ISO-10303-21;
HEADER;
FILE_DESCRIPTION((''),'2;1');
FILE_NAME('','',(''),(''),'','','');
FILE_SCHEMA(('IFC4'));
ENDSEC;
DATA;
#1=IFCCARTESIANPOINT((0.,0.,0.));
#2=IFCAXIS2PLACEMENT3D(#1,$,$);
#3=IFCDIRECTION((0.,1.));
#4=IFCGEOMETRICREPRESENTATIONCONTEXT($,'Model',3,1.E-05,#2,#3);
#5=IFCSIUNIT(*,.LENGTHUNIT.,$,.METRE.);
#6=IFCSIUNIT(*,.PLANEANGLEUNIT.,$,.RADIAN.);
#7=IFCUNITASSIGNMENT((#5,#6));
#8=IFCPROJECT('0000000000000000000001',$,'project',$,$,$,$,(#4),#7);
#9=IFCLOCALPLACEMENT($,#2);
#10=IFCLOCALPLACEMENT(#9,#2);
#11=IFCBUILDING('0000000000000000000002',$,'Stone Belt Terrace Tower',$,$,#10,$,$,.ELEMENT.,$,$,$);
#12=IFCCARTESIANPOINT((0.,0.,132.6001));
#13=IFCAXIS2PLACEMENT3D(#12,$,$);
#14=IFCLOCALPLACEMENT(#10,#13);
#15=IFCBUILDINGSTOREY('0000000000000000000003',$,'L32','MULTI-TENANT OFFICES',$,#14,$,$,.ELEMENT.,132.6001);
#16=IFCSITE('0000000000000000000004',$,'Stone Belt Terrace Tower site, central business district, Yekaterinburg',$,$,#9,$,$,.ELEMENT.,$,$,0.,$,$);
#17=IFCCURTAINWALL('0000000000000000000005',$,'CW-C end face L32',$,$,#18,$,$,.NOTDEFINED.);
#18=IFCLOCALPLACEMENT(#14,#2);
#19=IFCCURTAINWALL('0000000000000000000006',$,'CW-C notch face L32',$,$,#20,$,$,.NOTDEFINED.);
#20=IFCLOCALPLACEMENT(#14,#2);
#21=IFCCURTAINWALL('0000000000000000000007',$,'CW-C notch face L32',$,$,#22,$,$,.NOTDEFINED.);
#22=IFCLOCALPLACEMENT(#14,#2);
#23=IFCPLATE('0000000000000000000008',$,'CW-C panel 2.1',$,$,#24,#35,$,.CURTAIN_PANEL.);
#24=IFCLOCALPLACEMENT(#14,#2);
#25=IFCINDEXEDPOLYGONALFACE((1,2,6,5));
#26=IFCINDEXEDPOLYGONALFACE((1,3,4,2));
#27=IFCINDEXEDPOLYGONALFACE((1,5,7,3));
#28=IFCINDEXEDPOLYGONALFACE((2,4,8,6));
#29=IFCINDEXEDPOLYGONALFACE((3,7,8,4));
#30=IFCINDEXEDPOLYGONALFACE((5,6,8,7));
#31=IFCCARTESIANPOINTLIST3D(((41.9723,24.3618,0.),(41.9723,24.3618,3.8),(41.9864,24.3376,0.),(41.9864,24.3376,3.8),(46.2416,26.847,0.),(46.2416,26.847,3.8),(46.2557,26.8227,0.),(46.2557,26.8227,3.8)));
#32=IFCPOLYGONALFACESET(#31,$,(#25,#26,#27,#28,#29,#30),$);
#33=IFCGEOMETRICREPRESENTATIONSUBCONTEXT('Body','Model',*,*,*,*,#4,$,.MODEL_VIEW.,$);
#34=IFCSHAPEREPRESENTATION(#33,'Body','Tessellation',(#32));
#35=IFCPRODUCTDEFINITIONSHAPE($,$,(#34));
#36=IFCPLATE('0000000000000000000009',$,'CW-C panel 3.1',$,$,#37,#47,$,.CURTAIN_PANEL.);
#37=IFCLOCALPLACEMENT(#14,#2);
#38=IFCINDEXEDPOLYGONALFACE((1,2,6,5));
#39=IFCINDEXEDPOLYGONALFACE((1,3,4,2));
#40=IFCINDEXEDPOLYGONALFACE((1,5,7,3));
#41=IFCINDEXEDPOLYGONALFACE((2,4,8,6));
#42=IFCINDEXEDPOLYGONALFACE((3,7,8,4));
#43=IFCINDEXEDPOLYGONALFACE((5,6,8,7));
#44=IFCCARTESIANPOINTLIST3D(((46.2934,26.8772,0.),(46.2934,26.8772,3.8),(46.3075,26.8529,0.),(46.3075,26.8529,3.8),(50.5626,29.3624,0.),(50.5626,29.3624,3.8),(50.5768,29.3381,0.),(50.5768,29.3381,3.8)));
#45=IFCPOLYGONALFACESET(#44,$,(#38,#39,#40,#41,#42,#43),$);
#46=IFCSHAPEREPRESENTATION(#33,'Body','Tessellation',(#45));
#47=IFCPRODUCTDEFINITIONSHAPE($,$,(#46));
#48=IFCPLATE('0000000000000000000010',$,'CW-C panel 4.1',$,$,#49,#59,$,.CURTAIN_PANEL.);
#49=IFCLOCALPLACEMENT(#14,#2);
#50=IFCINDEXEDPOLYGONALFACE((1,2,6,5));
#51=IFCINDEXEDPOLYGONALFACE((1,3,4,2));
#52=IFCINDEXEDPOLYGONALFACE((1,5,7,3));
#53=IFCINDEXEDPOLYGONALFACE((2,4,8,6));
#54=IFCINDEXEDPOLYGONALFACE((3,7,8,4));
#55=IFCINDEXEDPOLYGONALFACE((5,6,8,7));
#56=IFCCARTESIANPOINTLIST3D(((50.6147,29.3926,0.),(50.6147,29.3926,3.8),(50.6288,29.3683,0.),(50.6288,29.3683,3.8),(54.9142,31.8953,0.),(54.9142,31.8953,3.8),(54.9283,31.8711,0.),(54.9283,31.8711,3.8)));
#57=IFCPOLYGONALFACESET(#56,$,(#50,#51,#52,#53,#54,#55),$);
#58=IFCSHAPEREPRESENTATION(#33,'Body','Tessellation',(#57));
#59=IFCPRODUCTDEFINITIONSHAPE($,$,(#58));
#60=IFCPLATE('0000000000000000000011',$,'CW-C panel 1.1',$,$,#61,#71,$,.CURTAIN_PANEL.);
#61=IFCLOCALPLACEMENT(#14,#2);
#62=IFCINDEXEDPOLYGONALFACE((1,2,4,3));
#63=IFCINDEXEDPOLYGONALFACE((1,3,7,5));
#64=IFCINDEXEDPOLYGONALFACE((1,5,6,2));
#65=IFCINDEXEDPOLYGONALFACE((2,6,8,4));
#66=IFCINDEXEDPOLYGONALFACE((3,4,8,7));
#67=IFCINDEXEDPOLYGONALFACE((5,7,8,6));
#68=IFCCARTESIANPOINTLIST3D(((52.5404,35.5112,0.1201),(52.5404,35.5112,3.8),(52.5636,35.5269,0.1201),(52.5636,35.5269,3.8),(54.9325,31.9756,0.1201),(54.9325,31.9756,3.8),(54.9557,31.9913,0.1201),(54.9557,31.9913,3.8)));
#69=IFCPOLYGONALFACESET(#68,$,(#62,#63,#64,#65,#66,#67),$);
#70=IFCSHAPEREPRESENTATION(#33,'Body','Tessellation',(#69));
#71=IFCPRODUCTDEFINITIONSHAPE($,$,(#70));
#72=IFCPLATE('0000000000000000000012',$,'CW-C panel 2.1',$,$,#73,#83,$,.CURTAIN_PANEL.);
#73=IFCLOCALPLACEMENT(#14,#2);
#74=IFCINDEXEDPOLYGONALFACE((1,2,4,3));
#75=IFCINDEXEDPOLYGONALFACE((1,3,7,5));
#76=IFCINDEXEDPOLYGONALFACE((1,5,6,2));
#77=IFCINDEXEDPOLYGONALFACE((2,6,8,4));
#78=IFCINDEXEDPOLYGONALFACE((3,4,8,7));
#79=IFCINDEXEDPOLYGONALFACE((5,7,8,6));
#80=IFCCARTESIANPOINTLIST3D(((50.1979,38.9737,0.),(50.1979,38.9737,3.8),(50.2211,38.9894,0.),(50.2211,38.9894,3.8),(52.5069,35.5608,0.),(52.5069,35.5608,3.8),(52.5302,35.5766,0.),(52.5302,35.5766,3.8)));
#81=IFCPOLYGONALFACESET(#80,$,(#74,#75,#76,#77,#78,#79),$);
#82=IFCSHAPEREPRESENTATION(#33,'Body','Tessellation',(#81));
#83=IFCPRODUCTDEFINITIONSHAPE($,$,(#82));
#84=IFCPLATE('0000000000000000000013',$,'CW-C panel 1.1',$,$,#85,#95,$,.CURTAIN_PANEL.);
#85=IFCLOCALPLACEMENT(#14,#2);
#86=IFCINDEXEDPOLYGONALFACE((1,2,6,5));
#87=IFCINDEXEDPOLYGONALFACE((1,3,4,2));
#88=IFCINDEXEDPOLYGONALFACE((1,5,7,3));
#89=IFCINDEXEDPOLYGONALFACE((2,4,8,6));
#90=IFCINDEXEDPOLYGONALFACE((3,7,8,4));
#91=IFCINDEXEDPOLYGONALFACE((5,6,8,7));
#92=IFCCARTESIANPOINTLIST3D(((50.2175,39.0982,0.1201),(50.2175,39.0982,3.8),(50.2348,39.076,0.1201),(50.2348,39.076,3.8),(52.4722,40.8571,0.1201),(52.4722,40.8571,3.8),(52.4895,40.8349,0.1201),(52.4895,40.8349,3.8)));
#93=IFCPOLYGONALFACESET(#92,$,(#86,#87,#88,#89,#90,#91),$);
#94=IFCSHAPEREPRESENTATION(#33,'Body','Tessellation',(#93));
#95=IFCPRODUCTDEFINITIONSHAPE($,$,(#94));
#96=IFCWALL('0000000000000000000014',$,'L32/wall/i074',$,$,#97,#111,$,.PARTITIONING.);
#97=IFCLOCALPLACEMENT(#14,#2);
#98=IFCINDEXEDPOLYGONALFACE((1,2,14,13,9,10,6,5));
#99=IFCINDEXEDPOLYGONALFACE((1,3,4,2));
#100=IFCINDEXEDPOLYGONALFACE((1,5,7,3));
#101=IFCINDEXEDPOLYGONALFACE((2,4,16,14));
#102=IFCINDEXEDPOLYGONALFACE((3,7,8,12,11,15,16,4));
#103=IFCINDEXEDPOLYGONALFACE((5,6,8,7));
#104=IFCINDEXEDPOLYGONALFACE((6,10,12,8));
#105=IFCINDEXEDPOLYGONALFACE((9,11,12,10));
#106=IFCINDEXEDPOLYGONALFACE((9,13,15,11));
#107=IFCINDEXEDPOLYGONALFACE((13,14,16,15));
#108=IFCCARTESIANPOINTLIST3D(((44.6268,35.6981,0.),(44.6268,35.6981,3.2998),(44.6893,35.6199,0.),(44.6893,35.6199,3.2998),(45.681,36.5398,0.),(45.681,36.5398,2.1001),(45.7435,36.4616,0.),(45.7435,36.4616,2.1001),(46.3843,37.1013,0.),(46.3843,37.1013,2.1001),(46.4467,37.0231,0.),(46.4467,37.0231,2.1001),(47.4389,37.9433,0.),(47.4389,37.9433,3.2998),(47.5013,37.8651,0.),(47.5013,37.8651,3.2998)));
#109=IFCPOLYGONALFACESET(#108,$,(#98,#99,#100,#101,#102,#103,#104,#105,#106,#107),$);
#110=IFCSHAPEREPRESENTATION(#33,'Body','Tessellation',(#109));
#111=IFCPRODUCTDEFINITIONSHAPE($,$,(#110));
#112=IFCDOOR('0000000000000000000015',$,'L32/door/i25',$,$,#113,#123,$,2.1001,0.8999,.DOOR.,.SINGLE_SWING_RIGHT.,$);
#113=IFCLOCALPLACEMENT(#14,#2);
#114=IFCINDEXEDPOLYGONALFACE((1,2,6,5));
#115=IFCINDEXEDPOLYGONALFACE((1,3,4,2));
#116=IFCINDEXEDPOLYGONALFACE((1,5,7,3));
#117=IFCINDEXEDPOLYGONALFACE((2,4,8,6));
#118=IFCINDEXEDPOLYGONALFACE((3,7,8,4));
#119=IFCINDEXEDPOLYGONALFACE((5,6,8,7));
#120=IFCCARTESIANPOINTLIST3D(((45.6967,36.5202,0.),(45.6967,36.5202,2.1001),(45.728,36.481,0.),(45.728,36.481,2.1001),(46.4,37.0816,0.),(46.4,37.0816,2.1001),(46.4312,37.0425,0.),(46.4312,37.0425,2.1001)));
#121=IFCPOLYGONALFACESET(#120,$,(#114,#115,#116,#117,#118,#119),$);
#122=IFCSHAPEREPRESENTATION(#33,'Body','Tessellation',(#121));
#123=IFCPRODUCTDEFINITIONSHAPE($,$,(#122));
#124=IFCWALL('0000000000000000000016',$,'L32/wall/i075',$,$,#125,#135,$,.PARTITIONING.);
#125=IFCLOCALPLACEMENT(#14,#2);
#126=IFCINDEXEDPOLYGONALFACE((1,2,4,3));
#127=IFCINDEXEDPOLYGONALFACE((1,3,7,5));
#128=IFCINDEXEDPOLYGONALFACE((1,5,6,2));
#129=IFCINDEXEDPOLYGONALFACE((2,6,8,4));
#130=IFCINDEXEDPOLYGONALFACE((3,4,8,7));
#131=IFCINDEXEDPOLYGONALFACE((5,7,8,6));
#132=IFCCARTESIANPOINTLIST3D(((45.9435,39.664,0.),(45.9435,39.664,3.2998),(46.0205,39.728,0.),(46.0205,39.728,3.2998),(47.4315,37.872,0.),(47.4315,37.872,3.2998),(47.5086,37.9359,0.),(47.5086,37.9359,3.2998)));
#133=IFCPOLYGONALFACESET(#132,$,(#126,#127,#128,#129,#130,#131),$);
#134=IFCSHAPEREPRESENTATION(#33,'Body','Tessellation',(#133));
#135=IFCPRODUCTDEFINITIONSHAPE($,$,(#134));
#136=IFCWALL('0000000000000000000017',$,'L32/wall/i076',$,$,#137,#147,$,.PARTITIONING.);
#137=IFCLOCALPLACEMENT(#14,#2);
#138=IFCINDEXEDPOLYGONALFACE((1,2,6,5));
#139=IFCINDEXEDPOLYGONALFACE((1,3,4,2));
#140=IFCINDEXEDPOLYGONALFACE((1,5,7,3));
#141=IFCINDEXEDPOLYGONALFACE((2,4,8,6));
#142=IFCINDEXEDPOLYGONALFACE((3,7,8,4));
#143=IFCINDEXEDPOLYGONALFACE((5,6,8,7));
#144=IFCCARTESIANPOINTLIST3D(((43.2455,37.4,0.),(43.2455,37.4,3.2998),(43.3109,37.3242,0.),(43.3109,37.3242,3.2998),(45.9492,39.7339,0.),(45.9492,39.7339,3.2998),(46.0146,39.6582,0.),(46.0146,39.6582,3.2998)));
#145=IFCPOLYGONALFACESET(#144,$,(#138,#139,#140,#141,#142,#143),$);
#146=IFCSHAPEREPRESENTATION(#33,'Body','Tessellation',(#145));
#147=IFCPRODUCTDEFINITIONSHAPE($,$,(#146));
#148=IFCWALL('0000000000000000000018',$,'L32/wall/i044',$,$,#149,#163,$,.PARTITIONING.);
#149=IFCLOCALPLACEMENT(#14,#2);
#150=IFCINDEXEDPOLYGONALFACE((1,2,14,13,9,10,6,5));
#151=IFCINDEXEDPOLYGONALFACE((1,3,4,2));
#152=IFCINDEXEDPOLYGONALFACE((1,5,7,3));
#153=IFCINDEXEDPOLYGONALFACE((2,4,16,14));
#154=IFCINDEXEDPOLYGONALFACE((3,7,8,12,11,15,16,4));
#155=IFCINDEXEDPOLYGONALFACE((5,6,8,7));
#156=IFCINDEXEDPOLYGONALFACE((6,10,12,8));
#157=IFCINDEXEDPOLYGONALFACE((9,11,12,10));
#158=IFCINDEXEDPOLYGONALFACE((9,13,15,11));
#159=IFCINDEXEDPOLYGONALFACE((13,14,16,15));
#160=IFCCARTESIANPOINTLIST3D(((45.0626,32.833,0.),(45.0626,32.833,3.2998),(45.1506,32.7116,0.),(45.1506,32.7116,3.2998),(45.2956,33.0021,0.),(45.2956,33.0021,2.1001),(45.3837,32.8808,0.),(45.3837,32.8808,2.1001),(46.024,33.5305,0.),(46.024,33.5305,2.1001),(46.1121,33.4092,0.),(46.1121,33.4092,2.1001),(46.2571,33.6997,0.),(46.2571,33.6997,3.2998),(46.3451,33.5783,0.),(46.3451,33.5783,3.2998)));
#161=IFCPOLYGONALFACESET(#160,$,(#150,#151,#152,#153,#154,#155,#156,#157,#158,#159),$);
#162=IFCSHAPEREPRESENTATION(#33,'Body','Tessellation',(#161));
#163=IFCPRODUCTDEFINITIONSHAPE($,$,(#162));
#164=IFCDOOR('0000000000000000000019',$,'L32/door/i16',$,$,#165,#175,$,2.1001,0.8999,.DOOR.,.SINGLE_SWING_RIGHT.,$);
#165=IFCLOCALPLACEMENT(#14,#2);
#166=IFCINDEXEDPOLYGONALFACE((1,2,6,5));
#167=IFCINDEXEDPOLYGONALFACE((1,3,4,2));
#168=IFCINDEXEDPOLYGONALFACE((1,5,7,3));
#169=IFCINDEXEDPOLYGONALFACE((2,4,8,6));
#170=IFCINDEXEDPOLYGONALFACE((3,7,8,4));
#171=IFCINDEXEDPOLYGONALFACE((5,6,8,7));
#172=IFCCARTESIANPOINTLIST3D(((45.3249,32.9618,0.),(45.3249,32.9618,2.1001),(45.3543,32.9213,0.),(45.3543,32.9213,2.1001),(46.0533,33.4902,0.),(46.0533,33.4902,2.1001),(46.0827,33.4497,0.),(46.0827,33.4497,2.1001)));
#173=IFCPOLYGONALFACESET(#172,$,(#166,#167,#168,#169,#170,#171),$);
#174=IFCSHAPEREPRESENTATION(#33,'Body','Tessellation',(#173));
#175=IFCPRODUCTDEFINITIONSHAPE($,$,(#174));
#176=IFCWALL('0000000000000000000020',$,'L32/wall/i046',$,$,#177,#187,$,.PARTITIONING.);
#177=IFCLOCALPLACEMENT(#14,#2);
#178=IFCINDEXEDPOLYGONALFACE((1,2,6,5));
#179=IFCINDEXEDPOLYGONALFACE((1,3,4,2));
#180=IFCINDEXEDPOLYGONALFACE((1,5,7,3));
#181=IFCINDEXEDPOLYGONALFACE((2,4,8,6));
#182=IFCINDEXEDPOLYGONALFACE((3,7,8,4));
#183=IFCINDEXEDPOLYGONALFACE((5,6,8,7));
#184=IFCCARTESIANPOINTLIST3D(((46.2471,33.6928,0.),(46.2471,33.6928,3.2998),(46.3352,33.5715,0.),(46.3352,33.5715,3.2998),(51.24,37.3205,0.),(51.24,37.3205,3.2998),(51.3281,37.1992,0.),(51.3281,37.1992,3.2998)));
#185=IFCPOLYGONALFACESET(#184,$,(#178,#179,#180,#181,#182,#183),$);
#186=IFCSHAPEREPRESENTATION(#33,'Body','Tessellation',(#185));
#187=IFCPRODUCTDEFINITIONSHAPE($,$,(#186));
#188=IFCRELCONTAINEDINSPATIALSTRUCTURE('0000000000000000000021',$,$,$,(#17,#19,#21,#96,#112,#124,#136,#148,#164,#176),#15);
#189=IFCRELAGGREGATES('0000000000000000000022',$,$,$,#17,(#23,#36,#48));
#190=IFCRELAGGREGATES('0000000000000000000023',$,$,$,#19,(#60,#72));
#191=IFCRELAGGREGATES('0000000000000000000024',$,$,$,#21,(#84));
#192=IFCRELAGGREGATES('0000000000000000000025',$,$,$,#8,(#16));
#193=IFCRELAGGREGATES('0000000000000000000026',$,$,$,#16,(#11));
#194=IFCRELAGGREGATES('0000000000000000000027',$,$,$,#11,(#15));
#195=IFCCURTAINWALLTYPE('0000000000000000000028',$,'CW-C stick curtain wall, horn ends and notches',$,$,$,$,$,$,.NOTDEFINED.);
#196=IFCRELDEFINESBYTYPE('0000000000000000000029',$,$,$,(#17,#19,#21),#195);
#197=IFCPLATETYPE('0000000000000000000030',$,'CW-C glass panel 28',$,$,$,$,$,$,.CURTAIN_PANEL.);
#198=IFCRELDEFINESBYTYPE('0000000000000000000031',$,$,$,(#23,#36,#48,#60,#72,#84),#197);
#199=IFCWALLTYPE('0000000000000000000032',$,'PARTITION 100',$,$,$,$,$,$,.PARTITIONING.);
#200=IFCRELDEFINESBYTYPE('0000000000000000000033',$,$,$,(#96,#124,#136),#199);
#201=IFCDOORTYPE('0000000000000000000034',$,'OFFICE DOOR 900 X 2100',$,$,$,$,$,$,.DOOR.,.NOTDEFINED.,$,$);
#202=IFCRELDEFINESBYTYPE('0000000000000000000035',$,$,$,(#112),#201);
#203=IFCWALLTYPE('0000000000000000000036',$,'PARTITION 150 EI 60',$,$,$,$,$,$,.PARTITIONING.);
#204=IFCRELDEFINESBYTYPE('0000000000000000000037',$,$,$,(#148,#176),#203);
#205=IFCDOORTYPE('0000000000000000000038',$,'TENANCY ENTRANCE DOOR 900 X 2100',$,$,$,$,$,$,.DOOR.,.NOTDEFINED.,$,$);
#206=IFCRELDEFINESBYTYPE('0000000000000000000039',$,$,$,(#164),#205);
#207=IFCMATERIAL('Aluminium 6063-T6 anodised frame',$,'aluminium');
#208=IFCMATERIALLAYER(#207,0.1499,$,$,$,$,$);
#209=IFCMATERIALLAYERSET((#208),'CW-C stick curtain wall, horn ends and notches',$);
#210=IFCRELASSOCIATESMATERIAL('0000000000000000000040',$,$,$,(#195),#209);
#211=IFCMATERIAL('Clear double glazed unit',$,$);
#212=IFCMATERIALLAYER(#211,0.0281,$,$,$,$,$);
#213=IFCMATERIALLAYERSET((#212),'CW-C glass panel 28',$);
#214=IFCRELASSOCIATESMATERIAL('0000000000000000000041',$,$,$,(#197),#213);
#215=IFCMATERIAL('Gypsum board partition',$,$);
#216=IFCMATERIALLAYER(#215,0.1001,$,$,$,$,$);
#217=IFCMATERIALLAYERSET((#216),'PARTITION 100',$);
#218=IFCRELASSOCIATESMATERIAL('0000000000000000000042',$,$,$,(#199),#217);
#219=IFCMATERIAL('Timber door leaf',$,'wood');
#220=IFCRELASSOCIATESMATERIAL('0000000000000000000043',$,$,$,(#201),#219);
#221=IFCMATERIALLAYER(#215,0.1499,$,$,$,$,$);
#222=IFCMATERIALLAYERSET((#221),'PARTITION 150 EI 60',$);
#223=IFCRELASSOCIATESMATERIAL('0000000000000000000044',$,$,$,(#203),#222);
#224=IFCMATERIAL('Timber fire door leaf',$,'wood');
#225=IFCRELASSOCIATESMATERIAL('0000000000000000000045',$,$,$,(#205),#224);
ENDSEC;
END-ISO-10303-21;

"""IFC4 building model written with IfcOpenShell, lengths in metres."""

from ifc_helpers import new_model, si_unit, direction, frame, frame_2d, origin, origin_2d, place, context, subcontext, project, spatial, rectangle, extrude, material, layer, layer_set, type_object, element, fill, aggregate, save


model = new_model("IFC4")

# Units and contexts
model_context = context("Model", 3, precision=1e-05, world=origin(), true_north=direction((0.0, 1.0)))
body_context = subcontext(model_context, "Body", "Model", "MODEL_VIEW")
ifc_project = project(units=[si_unit("LENGTHUNIT", "METRE"), si_unit("PLANEANGLEUNIT", "RADIAN")], contexts=[model_context])

# Site, building, storey
site_placement = place(None, origin())
site = spatial("IfcSite", under=ifc_project, at=site_placement, Name="Stone Belt Terrace Tower site, central business district, Yekaterinburg", CompositionType="ELEMENT", RefElevation=0.0)
building_placement = place(site_placement, origin())
building = spatial("IfcBuilding", under=site, at=building_placement, Name="Stone Belt Terrace Tower", CompositionType="ELEMENT")
storey_placement = place(building_placement, frame((0.0, 0.0, 132.6001)))
storey = spatial("IfcBuildingStorey", under=building, at=storey_placement, Name="L32", Description="MULTI-TENANT OFFICES", CompositionType="ELEMENT", Elevation=132.6001)

# Curtain walls
ifc_material_1 = material(Name="Aluminium 6063-T6 anodised frame", Category="aluminium")
ifc_layer_1 = layer(ifc_material_1, 0.1499)
ifc_layer_set_1 = layer_set([ifc_layer_1], Name="CW-C stick curtain wall, horn ends and notches")
curtain_wall_type_1 = type_object("IfcCurtainWallType", Name="CW-C stick curtain wall, horn ends and notches", PredefinedType="NOTDEFINED", material=ifc_layer_set_1)
curtain_wall_1_placement = place(storey_placement, origin())
curtain_wall_1 = element("IfcCurtainWall", 1, at=curtain_wall_1_placement, inside=storey, type_object=curtain_wall_type_1, Name="CW-C end face L32", PredefinedType="NOTDEFINED")
curtain_wall_2_placement = place(storey_placement, origin())
curtain_wall_2 = element("IfcCurtainWall", 2, at=curtain_wall_2_placement, inside=storey, type_object=curtain_wall_type_1, Name="CW-C notch face L32", PredefinedType="NOTDEFINED")

# Curtain wall
curtain_wall_3_placement = place(storey_placement, origin())
curtain_wall_3 = element("IfcCurtainWall", 3, at=curtain_wall_3_placement, inside=storey, type_object=curtain_wall_type_1, Name="CW-C notch face L32", PredefinedType="NOTDEFINED")

# Plates
ifc_material_2 = material(Name="Clear double glazed unit")
ifc_layer_2 = layer(ifc_material_2, 0.0281)
ifc_layer_set_2 = layer_set([ifc_layer_2], Name="CW-C glass panel 28")
plate_type = type_object("IfcPlateType", Name="CW-C glass panel 28", PredefinedType="CURTAIN_PANEL", material=ifc_layer_set_2)
plate_1_placement = place(storey_placement, frame((44.114, 25.5923, 0.0), z_axis=(0.0, 0.0, 1.0), x_axis=(0.864239, 0.503081, 0.0)))
plate_1 = element("IfcPlate", 4, at=plate_1_placement, type_object=plate_type, Name="CW-C panel 2.1", PredefinedType="CURTAIN_PANEL", context=body_context, shape_type="SweptSolid", body=[
    extrude(rectangle(XDim=4.9399, YDim=0.0281, at=origin_2d()), origin(), (0.0, 0.0, 1.0), 3.8),
])
plate_2_placement = place(storey_placement, frame((48.4351, 28.1077, 0.0), z_axis=(0.0, 0.0, 1.0), x_axis=(0.864239, 0.503081, 0.0)))
plate_2 = element("IfcPlate", 5, at=plate_2_placement, type_object=plate_type, Name="CW-C panel 3.1", PredefinedType="CURTAIN_PANEL", context=body_context, shape_type="SweptSolid", body=[
    extrude(rectangle(XDim=4.9399, YDim=0.0281, at=origin_2d()), origin(), (0.0, 0.0, 1.0), 3.8),
])
plate_3_placement = place(storey_placement, frame((52.7715, 30.6318, 0.0), z_axis=(0.0, 0.0, 1.0), x_axis=(0.864239, 0.503081, 0.0)))
plate_3 = element("IfcPlate", 6, at=plate_3_placement, type_object=plate_type, Name="CW-C panel 4.1", PredefinedType="CURTAIN_PANEL", context=body_context, shape_type="SweptSolid", body=[
    extrude(rectangle(XDim=4.9749, YDim=0.0281, at=origin_2d()), origin(), (0.0, 0.0, 1.0), 3.8),
])
aggregate(curtain_wall_1, [plate_1, plate_2, plate_3])
plate_4_placement = place(storey_placement, frame((53.748, 33.7512, 0.1201), z_axis=(0.0, 0.0, 1.0), x_axis=(-0.560367, 0.828244, 0.0)))
plate_4 = element("IfcPlate", 7, at=plate_4_placement, type_object=plate_type, Name="CW-C panel 1.1", PredefinedType="CURTAIN_PANEL", context=body_context, shape_type="SweptSolid", body=[
    extrude(rectangle(XDim=4.2688, YDim=0.0281, at=origin_2d()), origin(), (0.0, 0.0, 1.0), 3.6799),
])
plate_5_placement = place(storey_placement, frame((51.364, 37.2751, 0.0), z_axis=(0.0, 0.0, 1.0), x_axis=(-0.560367, 0.828244, 0.0)))
plate_5 = element("IfcPlate", 8, at=plate_5_placement, type_object=plate_type, Name="CW-C panel 2.1", PredefinedType="CURTAIN_PANEL", context=body_context, shape_type="SweptSolid", body=[
    extrude(rectangle(XDim=4.1206, YDim=0.0281, at=origin_2d()), origin(), (0.0, 0.0, 1.0), 3.8),
])
aggregate(curtain_wall_2, [plate_4, plate_5])
plate_6_placement = place(storey_placement, frame((51.3535, 39.9666, 0.1201), z_axis=(0.0, 0.0, 1.0), x_axis=(0.788458, 0.615089, 0.0)))
plate_6 = element("IfcPlate", 9, at=plate_6_placement, type_object=plate_type, Name="CW-C panel 1.1", PredefinedType="CURTAIN_PANEL", context=body_context, shape_type="SweptSolid", body=[
    extrude(rectangle(XDim=2.8596, YDim=0.0281, at=origin_2d()), origin(), (0.0, 0.0, 1.0), 3.6799),
])
aggregate(curtain_wall_3, [plate_6])

# Wall, opening, door
ifc_material_3 = material(Name="Gypsum board partition")
ifc_layer_3 = layer(ifc_material_3, 0.1001)
ifc_layer_set_3 = layer_set([ifc_layer_3], Name="PARTITION 100")
wall_type_1 = type_object("IfcWallType", Name="PARTITION 100", PredefinedType="PARTITIONING", material=ifc_layer_set_3)
wall_1_placement = place(storey_placement, frame((44.658, 35.6589, 0.0), z_axis=(0.0, 0.0, 1.0), x_axis=(0.781477, 0.623934, 0.0)))
wall_1 = element("IfcWall", 10, at=wall_1_placement, inside=storey, type_object=wall_type_1, Name="L32/wall/i074", PredefinedType="PARTITIONING", context=body_context, shape_type="SweptSolid", body=[
    extrude(rectangle(XDim=3.5984, YDim=0.1001, at=frame_2d((1.7993, 0.0))), origin(), (0.0, 0.0, 1.0), 3.2998),
])
opening_1_placement = place(wall_1_placement, frame((1.3491, 0.0, 0.0)))
opening_1 = element("IfcOpeningElement", 11, at=opening_1_placement, cuts=wall_1, PredefinedType="OPENING", context=body_context, shape_type="SweptSolid", body=[
    extrude(rectangle(XDim=0.8999, YDim=2.1001, at=frame_2d((0.45, 1.05))), frame((0.0, 0.0601, 0.0), z_axis=(0.0, -1.0, 0.0), x_axis=(1.0, 0.0, 0.0)), (0.0, 0.0, 1.0), 0.1201),
])
ifc_material_4 = material(Name="Timber door leaf", Category="wood")
door_type_1 = type_object("IfcDoorType", Name="OFFICE DOOR 900 X 2100", OperationType="NOTDEFINED", PredefinedType="DOOR", material=ifc_material_4)
door_1_placement = place(opening_1_placement, origin())
door_1 = element("IfcDoor", 12, at=door_1_placement, inside=storey, type_object=door_type_1, Name="L32/door/i25", OperationType="SINGLE_SWING_RIGHT", OverallHeight=2.1001, OverallWidth=0.8999, PredefinedType="DOOR", context=body_context, shape_type="SweptSolid", body=[
    extrude(rectangle(XDim=0.8999, YDim=2.1001, at=frame_2d((0.45, 1.05))), frame((0.0, 0.0249, 0.0), z_axis=(0.0, -1.0, 0.0), x_axis=(1.0, 0.0, 0.0)), (0.0, 0.0, 1.0), 0.05),
])
fill(opening_1, door_1)

# Walls
wall_2_placement = place(storey_placement, frame((47.47, 37.9041, 0.0), z_axis=(0.0, 0.0, 1.0), x_axis=(-0.638843, 0.769337, 0.0)))
element("IfcWall", 13, at=wall_2_placement, inside=storey, type_object=wall_type_1, Name="L32/wall/i075", PredefinedType="PARTITIONING", context=body_context, shape_type="SweptSolid", body=[
    extrude(rectangle(XDim=2.3293, YDim=0.1001, at=frame_2d((1.1646, 0.0))), origin(), (0.0, 0.0, 1.0), 3.2998),
])
wall_3_placement = place(storey_placement, frame((45.9819, 39.696, 0.0), z_axis=(0.0, 0.0, 1.0), x_axis=(-0.756984, -0.653433, 0.0)))
element("IfcWall", 14, at=wall_3_placement, inside=storey, type_object=wall_type_1, Name="L32/wall/i076", PredefinedType="PARTITIONING", context=body_context, shape_type="SweptSolid", body=[
    extrude(rectangle(XDim=3.5718, YDim=0.1001, at=frame_2d((1.7859, 0.0))), origin(), (0.0, 0.0, 1.0), 3.2998),
])

# Wall, opening, door
ifc_layer_4 = layer(ifc_material_3, 0.1499)
ifc_layer_set_4 = layer_set([ifc_layer_4], Name="PARTITION 150 EI 60")
wall_type_2 = type_object("IfcWallType", Name="PARTITION 150 EI 60", PredefinedType="PARTITIONING", material=ifc_layer_set_4)
wall_4_placement = place(storey_placement, frame((46.301, 33.6389, 0.0), z_axis=(0.0, 0.0, 1.0), x_axis=(-0.809408, -0.587247, 0.0)))
wall_4 = element("IfcWall", 15, at=wall_4_placement, inside=storey, type_object=wall_type_2, Name="L32/wall/i044", PredefinedType="PARTITIONING", context=body_context, shape_type="SweptSolid", body=[
    extrude(rectangle(XDim=1.4758, YDim=0.1499, at=frame_2d((0.7378, 0.0))), origin(), (0.0, 0.0, 1.0), 3.2998),
])
opening_2_placement = place(wall_4_placement, frame((0.2878, 0.0, 0.0)))
opening_2 = element("IfcOpeningElement", 16, at=opening_2_placement, cuts=wall_4, PredefinedType="OPENING", context=body_context, shape_type="SweptSolid", body=[
    extrude(rectangle(XDim=0.8999, YDim=2.1001, at=frame_2d((0.45, 1.05))), frame((0.0, 0.085, 0.0), z_axis=(0.0, -1.0, 0.0), x_axis=(1.0, 0.0, 0.0)), (0.0, 0.0, 1.0), 0.1699),
])
ifc_material_5 = material(Name="Timber fire door leaf", Category="wood")
door_type_2 = type_object("IfcDoorType", Name="TENANCY ENTRANCE DOOR 900 X 2100", OperationType="NOTDEFINED", PredefinedType="DOOR", material=ifc_material_5)
door_2_placement = place(opening_2_placement, origin())
door_2 = element("IfcDoor", 17, at=door_2_placement, inside=storey, type_object=door_type_2, Name="L32/door/i16", OperationType="SINGLE_SWING_RIGHT", OverallHeight=2.1001, OverallWidth=0.8999, PredefinedType="DOOR", context=body_context, shape_type="SweptSolid", body=[
    extrude(rectangle(XDim=0.8999, YDim=2.1001, at=frame_2d((0.45, 1.05))), frame((0.0, 0.0249, 0.0), z_axis=(0.0, -1.0, 0.0), x_axis=(1.0, 0.0, 0.0)), (0.0, 0.0, 1.0), 0.05),
])
fill(opening_2, door_2)

# Wall
wall_5_placement = place(storey_placement, frame((46.291, 33.6321, 0.0), z_axis=(0.0, 0.0, 1.0), x_axis=(0.809008, 0.587798, 0.0)))
element("IfcWall", 18, at=wall_5_placement, inside=storey, type_object=wall_type_2, Name="L32/wall/i046", PredefinedType="PARTITIONING", context=body_context, shape_type="SweptSolid", body=[
    extrude(rectangle(XDim=6.1716, YDim=0.1499, at=frame_2d((3.0859, 0.0))), origin(), (0.0, 0.0, 1.0), 3.2998),
])

save(model, "model.ifc")
